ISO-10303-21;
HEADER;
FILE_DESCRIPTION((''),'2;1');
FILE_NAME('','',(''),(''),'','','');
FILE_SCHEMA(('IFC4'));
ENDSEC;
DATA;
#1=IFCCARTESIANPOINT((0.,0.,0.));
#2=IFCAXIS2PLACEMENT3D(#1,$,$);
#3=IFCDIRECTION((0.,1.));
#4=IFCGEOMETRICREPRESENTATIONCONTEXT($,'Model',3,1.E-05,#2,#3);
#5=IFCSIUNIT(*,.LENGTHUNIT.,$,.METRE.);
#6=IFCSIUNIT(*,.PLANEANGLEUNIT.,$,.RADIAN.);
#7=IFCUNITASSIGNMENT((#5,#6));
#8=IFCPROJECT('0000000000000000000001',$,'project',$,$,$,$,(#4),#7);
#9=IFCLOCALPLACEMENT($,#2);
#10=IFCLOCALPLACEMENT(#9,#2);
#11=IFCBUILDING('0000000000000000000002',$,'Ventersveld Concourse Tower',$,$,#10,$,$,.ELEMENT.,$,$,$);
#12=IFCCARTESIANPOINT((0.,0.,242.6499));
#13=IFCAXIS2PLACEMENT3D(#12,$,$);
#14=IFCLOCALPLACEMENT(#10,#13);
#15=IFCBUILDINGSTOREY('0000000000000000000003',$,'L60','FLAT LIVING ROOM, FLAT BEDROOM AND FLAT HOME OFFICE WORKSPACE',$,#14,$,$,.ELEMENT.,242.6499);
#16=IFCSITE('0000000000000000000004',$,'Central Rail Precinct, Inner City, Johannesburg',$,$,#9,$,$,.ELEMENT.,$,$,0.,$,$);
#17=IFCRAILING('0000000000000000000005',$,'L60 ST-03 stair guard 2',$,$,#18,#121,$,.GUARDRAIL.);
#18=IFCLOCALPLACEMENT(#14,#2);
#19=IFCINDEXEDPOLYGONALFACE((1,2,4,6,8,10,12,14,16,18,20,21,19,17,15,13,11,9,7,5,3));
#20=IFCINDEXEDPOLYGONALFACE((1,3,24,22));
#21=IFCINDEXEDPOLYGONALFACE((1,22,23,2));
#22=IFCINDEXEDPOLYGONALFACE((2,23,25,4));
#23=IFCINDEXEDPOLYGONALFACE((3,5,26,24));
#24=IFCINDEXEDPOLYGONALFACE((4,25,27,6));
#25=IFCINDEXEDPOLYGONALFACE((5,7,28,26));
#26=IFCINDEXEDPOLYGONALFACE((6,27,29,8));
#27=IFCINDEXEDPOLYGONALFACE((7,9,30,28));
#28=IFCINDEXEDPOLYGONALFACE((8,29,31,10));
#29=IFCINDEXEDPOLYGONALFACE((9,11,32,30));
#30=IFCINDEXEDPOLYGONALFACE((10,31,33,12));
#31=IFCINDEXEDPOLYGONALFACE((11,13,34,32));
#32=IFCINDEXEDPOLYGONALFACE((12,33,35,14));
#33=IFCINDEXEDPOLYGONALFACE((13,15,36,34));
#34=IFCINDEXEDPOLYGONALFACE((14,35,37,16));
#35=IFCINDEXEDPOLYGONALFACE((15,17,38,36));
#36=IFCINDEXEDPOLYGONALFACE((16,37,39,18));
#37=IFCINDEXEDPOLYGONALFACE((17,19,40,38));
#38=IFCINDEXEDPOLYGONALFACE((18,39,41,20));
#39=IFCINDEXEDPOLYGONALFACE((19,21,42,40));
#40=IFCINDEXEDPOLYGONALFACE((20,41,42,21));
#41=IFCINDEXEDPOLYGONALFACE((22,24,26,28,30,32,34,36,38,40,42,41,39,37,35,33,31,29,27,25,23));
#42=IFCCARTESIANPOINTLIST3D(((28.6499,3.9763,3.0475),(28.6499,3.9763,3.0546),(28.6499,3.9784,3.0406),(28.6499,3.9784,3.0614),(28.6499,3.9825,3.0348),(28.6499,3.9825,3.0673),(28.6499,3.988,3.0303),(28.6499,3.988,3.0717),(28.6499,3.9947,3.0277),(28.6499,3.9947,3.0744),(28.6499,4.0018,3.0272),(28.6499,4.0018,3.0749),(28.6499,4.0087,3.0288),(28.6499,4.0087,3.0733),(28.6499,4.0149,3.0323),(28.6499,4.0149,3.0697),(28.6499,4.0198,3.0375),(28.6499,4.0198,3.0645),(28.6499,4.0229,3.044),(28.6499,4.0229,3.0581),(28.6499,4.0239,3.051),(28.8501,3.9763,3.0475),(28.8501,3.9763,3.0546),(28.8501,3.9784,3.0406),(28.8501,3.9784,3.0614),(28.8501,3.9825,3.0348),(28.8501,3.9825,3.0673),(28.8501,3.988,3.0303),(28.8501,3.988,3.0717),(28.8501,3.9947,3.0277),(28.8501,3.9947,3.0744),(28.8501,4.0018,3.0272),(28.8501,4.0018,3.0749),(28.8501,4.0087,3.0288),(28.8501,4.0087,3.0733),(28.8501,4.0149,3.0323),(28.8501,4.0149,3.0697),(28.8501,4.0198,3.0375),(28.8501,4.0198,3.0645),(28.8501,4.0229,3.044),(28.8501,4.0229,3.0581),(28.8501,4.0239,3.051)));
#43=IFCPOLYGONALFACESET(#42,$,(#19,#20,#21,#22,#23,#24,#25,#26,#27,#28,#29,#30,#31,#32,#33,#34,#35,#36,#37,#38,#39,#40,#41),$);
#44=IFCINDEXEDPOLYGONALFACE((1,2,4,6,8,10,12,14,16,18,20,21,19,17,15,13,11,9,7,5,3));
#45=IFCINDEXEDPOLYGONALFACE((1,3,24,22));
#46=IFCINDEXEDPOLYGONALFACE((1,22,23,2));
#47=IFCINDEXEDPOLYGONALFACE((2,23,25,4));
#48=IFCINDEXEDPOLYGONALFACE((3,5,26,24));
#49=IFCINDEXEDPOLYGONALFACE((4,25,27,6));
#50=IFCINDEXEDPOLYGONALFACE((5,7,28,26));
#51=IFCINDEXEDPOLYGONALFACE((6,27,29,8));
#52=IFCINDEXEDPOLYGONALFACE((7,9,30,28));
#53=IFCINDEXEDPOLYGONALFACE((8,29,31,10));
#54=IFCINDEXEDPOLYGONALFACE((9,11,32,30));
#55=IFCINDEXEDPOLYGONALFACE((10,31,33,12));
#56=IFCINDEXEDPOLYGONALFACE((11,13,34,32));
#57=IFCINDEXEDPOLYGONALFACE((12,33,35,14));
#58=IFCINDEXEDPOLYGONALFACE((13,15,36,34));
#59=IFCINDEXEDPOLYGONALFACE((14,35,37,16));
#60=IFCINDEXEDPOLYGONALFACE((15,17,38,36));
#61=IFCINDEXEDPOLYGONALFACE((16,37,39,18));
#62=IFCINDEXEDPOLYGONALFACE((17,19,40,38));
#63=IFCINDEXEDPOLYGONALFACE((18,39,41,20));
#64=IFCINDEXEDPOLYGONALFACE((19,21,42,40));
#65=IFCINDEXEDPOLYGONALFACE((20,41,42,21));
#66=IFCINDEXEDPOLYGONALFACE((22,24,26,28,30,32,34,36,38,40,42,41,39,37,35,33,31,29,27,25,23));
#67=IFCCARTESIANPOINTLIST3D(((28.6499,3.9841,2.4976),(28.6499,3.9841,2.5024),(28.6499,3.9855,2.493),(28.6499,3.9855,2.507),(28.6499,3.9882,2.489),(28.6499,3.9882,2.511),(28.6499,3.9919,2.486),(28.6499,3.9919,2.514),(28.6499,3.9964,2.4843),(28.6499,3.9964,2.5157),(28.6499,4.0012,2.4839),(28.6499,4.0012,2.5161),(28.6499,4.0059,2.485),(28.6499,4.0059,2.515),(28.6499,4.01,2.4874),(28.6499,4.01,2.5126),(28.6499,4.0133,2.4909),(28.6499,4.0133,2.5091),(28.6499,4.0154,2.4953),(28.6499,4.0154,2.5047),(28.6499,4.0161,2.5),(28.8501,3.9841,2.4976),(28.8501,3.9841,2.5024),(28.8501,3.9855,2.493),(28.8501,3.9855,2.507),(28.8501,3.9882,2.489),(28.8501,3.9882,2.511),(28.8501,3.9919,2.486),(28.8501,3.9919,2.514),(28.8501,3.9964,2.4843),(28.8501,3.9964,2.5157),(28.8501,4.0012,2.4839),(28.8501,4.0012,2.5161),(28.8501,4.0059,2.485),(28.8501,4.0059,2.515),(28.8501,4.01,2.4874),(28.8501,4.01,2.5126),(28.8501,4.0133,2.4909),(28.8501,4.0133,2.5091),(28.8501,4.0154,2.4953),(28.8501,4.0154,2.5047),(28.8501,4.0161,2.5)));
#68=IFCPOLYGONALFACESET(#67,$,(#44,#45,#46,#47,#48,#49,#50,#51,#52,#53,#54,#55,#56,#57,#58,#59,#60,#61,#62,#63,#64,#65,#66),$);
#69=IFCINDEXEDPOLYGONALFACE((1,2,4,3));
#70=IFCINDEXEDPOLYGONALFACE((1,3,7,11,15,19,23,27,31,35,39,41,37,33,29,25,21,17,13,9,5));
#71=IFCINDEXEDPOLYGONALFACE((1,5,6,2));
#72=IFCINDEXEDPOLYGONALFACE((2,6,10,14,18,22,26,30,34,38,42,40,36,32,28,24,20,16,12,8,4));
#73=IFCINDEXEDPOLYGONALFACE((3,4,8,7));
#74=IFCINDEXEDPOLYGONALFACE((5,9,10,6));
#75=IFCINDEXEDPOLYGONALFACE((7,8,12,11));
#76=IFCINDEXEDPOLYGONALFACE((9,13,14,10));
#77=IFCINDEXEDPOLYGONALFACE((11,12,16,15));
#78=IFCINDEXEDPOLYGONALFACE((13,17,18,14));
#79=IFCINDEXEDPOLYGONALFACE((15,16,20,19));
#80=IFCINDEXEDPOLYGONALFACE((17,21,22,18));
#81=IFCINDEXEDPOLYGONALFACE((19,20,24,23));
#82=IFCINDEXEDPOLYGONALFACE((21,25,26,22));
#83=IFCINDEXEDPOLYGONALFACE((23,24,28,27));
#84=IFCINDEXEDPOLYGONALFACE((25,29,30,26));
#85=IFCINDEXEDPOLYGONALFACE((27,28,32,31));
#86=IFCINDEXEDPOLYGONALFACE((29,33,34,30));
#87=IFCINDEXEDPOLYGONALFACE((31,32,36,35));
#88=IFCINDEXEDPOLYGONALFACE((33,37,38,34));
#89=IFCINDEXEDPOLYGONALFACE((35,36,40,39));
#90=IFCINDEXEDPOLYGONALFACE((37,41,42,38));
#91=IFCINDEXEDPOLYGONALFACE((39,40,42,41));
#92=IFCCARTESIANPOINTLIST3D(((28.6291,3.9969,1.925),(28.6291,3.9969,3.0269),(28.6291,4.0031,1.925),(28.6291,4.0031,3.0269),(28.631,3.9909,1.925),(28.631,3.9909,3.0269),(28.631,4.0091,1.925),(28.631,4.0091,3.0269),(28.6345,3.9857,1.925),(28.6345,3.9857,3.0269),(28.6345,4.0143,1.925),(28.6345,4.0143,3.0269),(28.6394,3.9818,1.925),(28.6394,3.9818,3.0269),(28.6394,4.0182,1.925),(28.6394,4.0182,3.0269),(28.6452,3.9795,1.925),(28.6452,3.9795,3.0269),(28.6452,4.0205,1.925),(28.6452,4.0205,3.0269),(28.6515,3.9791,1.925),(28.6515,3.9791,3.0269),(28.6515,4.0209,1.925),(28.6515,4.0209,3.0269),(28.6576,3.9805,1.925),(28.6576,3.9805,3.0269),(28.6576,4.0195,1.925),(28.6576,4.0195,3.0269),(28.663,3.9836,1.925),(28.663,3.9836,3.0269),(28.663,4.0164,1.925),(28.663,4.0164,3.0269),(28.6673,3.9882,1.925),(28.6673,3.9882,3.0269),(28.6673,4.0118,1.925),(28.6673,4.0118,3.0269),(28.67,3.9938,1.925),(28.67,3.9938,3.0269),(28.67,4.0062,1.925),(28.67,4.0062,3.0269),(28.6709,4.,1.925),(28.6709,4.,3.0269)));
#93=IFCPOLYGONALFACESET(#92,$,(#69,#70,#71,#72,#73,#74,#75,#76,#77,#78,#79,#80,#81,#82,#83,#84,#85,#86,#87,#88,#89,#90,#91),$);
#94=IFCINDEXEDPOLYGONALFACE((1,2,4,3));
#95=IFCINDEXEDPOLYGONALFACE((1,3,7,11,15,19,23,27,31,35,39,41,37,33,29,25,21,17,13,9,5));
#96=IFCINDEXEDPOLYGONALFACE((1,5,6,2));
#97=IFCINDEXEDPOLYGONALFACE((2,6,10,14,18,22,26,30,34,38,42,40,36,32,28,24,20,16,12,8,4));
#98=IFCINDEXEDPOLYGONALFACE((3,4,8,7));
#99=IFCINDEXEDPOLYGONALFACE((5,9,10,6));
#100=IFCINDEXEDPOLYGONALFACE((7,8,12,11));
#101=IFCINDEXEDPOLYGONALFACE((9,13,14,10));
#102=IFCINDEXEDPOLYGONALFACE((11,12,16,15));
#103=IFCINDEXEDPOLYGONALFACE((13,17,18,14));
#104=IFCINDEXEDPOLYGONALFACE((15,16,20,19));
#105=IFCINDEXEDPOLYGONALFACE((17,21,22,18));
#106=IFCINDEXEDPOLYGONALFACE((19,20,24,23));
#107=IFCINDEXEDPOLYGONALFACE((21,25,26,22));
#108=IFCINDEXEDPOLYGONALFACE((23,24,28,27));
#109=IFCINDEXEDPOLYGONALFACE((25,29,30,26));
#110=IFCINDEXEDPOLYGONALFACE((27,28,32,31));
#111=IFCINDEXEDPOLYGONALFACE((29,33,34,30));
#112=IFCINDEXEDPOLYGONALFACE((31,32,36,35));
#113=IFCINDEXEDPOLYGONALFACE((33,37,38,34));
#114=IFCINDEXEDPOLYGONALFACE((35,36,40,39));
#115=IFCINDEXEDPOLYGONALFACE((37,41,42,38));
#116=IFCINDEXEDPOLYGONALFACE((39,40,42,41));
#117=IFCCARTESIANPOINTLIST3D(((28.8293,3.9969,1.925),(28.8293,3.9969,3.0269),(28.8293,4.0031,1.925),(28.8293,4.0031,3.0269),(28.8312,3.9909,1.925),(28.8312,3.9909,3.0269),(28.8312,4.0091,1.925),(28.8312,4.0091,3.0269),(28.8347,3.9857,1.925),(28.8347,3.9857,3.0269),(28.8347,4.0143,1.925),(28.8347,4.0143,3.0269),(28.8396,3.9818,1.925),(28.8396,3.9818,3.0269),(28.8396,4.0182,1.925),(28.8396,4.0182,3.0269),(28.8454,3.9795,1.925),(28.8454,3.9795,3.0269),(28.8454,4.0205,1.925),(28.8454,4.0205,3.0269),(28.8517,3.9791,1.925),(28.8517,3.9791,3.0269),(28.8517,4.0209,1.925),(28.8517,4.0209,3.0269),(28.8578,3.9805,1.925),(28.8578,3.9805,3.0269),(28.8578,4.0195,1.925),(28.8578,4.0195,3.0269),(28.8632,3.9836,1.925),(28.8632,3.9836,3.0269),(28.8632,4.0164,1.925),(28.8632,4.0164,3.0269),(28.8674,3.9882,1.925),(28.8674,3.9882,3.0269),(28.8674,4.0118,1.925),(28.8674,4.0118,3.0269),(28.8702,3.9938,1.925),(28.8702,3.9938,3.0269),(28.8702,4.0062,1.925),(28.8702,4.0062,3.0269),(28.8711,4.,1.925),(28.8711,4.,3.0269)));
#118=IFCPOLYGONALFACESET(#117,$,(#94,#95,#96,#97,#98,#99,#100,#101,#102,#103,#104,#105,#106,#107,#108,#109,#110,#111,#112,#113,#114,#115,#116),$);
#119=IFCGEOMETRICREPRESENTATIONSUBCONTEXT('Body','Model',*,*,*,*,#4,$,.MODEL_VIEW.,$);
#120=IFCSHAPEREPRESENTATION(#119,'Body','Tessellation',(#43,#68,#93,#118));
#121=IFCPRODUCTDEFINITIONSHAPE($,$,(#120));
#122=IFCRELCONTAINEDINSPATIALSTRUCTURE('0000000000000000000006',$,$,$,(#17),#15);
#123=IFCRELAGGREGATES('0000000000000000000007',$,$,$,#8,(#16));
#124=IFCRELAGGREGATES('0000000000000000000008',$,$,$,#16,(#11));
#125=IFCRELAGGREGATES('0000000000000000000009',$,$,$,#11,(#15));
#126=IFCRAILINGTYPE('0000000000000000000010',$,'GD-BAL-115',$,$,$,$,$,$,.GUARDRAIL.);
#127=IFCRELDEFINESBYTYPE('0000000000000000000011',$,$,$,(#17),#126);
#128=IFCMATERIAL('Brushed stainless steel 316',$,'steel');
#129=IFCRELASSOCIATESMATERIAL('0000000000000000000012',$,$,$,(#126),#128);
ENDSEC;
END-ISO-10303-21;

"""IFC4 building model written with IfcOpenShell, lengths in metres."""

from ifc_helpers import new_model, si_unit, direction, frame, origin, origin_2d, place, context, subcontext, project, spatial, circle, extrude, material, type_object, element, save


model = new_model("IFC4")

# Units and contexts
model_context = context("Model", 3, precision=1e-05, world=origin(), true_north=direction((0.0, 1.0)))
body_context = subcontext(model_context, "Body", "Model", "MODEL_VIEW")
ifc_project = project(units=[si_unit("LENGTHUNIT", "METRE"), si_unit("PLANEANGLEUNIT", "RADIAN")], contexts=[model_context])

# Site, building, storey
site_placement = place(None, origin())
site = spatial("IfcSite", under=ifc_project, at=site_placement, Name="Central Rail Precinct, Inner City, Johannesburg", CompositionType="ELEMENT", RefElevation=0.0)
building_placement = place(site_placement, origin())
building = spatial("IfcBuilding", under=site, at=building_placement, Name="Ventersveld Concourse Tower", CompositionType="ELEMENT")
storey_placement = place(building_placement, frame((0.0, 0.0, 242.6499)))
storey = spatial("IfcBuildingStorey", under=building, at=storey_placement, Name="L60", Description="FLAT LIVING ROOM, FLAT BEDROOM AND FLAT HOME OFFICE WORKSPACE", CompositionType="ELEMENT", Elevation=242.6499)

# Shared definitions
ifc_material_1 = material(Name="Brushed stainless steel 316", Category="steel")

# Railing
railing_type = type_object("IfcRailingType", Name="GD-BAL-115", PredefinedType="GUARDRAIL", material=ifc_material_1)
railing_1_placement = place(storey_placement, frame((28.6499, 4.0, 1.925)))
element("IfcRailing", 1, at=railing_1_placement, inside=storey, type_object=railing_type, Name="L60 ST-03 stair guard 2", PredefinedType="GUARDRAIL", context=body_context, shape_type="SweptSolid", body=[
    extrude(circle(Radius=0.0239, at=origin_2d()), frame((0.0, 0.0, 1.126), z_axis=(1.0, 0.0, 0.0), x_axis=(0.0, 1.0, 0.0)), (0.0, 0.0, 1.0), 0.2002),
    extrude(circle(Radius=0.0161, at=origin_2d()), frame((0.0, 0.0, 0.575), z_axis=(1.0, 0.0, 0.0), x_axis=(0.0, 1.0, 0.0)), (0.0, 0.0, 1.0), 0.2002),
    extrude(circle(Radius=0.021, at=origin_2d()), origin(), (0.0, 0.0, 1.0), 1.1018),
    extrude(circle(Radius=0.021, at=origin_2d()), frame((0.2002, 0.0, 0.0)), (0.0, 0.0, 1.0), 1.1018),
])

save(model, "model.ifc")
